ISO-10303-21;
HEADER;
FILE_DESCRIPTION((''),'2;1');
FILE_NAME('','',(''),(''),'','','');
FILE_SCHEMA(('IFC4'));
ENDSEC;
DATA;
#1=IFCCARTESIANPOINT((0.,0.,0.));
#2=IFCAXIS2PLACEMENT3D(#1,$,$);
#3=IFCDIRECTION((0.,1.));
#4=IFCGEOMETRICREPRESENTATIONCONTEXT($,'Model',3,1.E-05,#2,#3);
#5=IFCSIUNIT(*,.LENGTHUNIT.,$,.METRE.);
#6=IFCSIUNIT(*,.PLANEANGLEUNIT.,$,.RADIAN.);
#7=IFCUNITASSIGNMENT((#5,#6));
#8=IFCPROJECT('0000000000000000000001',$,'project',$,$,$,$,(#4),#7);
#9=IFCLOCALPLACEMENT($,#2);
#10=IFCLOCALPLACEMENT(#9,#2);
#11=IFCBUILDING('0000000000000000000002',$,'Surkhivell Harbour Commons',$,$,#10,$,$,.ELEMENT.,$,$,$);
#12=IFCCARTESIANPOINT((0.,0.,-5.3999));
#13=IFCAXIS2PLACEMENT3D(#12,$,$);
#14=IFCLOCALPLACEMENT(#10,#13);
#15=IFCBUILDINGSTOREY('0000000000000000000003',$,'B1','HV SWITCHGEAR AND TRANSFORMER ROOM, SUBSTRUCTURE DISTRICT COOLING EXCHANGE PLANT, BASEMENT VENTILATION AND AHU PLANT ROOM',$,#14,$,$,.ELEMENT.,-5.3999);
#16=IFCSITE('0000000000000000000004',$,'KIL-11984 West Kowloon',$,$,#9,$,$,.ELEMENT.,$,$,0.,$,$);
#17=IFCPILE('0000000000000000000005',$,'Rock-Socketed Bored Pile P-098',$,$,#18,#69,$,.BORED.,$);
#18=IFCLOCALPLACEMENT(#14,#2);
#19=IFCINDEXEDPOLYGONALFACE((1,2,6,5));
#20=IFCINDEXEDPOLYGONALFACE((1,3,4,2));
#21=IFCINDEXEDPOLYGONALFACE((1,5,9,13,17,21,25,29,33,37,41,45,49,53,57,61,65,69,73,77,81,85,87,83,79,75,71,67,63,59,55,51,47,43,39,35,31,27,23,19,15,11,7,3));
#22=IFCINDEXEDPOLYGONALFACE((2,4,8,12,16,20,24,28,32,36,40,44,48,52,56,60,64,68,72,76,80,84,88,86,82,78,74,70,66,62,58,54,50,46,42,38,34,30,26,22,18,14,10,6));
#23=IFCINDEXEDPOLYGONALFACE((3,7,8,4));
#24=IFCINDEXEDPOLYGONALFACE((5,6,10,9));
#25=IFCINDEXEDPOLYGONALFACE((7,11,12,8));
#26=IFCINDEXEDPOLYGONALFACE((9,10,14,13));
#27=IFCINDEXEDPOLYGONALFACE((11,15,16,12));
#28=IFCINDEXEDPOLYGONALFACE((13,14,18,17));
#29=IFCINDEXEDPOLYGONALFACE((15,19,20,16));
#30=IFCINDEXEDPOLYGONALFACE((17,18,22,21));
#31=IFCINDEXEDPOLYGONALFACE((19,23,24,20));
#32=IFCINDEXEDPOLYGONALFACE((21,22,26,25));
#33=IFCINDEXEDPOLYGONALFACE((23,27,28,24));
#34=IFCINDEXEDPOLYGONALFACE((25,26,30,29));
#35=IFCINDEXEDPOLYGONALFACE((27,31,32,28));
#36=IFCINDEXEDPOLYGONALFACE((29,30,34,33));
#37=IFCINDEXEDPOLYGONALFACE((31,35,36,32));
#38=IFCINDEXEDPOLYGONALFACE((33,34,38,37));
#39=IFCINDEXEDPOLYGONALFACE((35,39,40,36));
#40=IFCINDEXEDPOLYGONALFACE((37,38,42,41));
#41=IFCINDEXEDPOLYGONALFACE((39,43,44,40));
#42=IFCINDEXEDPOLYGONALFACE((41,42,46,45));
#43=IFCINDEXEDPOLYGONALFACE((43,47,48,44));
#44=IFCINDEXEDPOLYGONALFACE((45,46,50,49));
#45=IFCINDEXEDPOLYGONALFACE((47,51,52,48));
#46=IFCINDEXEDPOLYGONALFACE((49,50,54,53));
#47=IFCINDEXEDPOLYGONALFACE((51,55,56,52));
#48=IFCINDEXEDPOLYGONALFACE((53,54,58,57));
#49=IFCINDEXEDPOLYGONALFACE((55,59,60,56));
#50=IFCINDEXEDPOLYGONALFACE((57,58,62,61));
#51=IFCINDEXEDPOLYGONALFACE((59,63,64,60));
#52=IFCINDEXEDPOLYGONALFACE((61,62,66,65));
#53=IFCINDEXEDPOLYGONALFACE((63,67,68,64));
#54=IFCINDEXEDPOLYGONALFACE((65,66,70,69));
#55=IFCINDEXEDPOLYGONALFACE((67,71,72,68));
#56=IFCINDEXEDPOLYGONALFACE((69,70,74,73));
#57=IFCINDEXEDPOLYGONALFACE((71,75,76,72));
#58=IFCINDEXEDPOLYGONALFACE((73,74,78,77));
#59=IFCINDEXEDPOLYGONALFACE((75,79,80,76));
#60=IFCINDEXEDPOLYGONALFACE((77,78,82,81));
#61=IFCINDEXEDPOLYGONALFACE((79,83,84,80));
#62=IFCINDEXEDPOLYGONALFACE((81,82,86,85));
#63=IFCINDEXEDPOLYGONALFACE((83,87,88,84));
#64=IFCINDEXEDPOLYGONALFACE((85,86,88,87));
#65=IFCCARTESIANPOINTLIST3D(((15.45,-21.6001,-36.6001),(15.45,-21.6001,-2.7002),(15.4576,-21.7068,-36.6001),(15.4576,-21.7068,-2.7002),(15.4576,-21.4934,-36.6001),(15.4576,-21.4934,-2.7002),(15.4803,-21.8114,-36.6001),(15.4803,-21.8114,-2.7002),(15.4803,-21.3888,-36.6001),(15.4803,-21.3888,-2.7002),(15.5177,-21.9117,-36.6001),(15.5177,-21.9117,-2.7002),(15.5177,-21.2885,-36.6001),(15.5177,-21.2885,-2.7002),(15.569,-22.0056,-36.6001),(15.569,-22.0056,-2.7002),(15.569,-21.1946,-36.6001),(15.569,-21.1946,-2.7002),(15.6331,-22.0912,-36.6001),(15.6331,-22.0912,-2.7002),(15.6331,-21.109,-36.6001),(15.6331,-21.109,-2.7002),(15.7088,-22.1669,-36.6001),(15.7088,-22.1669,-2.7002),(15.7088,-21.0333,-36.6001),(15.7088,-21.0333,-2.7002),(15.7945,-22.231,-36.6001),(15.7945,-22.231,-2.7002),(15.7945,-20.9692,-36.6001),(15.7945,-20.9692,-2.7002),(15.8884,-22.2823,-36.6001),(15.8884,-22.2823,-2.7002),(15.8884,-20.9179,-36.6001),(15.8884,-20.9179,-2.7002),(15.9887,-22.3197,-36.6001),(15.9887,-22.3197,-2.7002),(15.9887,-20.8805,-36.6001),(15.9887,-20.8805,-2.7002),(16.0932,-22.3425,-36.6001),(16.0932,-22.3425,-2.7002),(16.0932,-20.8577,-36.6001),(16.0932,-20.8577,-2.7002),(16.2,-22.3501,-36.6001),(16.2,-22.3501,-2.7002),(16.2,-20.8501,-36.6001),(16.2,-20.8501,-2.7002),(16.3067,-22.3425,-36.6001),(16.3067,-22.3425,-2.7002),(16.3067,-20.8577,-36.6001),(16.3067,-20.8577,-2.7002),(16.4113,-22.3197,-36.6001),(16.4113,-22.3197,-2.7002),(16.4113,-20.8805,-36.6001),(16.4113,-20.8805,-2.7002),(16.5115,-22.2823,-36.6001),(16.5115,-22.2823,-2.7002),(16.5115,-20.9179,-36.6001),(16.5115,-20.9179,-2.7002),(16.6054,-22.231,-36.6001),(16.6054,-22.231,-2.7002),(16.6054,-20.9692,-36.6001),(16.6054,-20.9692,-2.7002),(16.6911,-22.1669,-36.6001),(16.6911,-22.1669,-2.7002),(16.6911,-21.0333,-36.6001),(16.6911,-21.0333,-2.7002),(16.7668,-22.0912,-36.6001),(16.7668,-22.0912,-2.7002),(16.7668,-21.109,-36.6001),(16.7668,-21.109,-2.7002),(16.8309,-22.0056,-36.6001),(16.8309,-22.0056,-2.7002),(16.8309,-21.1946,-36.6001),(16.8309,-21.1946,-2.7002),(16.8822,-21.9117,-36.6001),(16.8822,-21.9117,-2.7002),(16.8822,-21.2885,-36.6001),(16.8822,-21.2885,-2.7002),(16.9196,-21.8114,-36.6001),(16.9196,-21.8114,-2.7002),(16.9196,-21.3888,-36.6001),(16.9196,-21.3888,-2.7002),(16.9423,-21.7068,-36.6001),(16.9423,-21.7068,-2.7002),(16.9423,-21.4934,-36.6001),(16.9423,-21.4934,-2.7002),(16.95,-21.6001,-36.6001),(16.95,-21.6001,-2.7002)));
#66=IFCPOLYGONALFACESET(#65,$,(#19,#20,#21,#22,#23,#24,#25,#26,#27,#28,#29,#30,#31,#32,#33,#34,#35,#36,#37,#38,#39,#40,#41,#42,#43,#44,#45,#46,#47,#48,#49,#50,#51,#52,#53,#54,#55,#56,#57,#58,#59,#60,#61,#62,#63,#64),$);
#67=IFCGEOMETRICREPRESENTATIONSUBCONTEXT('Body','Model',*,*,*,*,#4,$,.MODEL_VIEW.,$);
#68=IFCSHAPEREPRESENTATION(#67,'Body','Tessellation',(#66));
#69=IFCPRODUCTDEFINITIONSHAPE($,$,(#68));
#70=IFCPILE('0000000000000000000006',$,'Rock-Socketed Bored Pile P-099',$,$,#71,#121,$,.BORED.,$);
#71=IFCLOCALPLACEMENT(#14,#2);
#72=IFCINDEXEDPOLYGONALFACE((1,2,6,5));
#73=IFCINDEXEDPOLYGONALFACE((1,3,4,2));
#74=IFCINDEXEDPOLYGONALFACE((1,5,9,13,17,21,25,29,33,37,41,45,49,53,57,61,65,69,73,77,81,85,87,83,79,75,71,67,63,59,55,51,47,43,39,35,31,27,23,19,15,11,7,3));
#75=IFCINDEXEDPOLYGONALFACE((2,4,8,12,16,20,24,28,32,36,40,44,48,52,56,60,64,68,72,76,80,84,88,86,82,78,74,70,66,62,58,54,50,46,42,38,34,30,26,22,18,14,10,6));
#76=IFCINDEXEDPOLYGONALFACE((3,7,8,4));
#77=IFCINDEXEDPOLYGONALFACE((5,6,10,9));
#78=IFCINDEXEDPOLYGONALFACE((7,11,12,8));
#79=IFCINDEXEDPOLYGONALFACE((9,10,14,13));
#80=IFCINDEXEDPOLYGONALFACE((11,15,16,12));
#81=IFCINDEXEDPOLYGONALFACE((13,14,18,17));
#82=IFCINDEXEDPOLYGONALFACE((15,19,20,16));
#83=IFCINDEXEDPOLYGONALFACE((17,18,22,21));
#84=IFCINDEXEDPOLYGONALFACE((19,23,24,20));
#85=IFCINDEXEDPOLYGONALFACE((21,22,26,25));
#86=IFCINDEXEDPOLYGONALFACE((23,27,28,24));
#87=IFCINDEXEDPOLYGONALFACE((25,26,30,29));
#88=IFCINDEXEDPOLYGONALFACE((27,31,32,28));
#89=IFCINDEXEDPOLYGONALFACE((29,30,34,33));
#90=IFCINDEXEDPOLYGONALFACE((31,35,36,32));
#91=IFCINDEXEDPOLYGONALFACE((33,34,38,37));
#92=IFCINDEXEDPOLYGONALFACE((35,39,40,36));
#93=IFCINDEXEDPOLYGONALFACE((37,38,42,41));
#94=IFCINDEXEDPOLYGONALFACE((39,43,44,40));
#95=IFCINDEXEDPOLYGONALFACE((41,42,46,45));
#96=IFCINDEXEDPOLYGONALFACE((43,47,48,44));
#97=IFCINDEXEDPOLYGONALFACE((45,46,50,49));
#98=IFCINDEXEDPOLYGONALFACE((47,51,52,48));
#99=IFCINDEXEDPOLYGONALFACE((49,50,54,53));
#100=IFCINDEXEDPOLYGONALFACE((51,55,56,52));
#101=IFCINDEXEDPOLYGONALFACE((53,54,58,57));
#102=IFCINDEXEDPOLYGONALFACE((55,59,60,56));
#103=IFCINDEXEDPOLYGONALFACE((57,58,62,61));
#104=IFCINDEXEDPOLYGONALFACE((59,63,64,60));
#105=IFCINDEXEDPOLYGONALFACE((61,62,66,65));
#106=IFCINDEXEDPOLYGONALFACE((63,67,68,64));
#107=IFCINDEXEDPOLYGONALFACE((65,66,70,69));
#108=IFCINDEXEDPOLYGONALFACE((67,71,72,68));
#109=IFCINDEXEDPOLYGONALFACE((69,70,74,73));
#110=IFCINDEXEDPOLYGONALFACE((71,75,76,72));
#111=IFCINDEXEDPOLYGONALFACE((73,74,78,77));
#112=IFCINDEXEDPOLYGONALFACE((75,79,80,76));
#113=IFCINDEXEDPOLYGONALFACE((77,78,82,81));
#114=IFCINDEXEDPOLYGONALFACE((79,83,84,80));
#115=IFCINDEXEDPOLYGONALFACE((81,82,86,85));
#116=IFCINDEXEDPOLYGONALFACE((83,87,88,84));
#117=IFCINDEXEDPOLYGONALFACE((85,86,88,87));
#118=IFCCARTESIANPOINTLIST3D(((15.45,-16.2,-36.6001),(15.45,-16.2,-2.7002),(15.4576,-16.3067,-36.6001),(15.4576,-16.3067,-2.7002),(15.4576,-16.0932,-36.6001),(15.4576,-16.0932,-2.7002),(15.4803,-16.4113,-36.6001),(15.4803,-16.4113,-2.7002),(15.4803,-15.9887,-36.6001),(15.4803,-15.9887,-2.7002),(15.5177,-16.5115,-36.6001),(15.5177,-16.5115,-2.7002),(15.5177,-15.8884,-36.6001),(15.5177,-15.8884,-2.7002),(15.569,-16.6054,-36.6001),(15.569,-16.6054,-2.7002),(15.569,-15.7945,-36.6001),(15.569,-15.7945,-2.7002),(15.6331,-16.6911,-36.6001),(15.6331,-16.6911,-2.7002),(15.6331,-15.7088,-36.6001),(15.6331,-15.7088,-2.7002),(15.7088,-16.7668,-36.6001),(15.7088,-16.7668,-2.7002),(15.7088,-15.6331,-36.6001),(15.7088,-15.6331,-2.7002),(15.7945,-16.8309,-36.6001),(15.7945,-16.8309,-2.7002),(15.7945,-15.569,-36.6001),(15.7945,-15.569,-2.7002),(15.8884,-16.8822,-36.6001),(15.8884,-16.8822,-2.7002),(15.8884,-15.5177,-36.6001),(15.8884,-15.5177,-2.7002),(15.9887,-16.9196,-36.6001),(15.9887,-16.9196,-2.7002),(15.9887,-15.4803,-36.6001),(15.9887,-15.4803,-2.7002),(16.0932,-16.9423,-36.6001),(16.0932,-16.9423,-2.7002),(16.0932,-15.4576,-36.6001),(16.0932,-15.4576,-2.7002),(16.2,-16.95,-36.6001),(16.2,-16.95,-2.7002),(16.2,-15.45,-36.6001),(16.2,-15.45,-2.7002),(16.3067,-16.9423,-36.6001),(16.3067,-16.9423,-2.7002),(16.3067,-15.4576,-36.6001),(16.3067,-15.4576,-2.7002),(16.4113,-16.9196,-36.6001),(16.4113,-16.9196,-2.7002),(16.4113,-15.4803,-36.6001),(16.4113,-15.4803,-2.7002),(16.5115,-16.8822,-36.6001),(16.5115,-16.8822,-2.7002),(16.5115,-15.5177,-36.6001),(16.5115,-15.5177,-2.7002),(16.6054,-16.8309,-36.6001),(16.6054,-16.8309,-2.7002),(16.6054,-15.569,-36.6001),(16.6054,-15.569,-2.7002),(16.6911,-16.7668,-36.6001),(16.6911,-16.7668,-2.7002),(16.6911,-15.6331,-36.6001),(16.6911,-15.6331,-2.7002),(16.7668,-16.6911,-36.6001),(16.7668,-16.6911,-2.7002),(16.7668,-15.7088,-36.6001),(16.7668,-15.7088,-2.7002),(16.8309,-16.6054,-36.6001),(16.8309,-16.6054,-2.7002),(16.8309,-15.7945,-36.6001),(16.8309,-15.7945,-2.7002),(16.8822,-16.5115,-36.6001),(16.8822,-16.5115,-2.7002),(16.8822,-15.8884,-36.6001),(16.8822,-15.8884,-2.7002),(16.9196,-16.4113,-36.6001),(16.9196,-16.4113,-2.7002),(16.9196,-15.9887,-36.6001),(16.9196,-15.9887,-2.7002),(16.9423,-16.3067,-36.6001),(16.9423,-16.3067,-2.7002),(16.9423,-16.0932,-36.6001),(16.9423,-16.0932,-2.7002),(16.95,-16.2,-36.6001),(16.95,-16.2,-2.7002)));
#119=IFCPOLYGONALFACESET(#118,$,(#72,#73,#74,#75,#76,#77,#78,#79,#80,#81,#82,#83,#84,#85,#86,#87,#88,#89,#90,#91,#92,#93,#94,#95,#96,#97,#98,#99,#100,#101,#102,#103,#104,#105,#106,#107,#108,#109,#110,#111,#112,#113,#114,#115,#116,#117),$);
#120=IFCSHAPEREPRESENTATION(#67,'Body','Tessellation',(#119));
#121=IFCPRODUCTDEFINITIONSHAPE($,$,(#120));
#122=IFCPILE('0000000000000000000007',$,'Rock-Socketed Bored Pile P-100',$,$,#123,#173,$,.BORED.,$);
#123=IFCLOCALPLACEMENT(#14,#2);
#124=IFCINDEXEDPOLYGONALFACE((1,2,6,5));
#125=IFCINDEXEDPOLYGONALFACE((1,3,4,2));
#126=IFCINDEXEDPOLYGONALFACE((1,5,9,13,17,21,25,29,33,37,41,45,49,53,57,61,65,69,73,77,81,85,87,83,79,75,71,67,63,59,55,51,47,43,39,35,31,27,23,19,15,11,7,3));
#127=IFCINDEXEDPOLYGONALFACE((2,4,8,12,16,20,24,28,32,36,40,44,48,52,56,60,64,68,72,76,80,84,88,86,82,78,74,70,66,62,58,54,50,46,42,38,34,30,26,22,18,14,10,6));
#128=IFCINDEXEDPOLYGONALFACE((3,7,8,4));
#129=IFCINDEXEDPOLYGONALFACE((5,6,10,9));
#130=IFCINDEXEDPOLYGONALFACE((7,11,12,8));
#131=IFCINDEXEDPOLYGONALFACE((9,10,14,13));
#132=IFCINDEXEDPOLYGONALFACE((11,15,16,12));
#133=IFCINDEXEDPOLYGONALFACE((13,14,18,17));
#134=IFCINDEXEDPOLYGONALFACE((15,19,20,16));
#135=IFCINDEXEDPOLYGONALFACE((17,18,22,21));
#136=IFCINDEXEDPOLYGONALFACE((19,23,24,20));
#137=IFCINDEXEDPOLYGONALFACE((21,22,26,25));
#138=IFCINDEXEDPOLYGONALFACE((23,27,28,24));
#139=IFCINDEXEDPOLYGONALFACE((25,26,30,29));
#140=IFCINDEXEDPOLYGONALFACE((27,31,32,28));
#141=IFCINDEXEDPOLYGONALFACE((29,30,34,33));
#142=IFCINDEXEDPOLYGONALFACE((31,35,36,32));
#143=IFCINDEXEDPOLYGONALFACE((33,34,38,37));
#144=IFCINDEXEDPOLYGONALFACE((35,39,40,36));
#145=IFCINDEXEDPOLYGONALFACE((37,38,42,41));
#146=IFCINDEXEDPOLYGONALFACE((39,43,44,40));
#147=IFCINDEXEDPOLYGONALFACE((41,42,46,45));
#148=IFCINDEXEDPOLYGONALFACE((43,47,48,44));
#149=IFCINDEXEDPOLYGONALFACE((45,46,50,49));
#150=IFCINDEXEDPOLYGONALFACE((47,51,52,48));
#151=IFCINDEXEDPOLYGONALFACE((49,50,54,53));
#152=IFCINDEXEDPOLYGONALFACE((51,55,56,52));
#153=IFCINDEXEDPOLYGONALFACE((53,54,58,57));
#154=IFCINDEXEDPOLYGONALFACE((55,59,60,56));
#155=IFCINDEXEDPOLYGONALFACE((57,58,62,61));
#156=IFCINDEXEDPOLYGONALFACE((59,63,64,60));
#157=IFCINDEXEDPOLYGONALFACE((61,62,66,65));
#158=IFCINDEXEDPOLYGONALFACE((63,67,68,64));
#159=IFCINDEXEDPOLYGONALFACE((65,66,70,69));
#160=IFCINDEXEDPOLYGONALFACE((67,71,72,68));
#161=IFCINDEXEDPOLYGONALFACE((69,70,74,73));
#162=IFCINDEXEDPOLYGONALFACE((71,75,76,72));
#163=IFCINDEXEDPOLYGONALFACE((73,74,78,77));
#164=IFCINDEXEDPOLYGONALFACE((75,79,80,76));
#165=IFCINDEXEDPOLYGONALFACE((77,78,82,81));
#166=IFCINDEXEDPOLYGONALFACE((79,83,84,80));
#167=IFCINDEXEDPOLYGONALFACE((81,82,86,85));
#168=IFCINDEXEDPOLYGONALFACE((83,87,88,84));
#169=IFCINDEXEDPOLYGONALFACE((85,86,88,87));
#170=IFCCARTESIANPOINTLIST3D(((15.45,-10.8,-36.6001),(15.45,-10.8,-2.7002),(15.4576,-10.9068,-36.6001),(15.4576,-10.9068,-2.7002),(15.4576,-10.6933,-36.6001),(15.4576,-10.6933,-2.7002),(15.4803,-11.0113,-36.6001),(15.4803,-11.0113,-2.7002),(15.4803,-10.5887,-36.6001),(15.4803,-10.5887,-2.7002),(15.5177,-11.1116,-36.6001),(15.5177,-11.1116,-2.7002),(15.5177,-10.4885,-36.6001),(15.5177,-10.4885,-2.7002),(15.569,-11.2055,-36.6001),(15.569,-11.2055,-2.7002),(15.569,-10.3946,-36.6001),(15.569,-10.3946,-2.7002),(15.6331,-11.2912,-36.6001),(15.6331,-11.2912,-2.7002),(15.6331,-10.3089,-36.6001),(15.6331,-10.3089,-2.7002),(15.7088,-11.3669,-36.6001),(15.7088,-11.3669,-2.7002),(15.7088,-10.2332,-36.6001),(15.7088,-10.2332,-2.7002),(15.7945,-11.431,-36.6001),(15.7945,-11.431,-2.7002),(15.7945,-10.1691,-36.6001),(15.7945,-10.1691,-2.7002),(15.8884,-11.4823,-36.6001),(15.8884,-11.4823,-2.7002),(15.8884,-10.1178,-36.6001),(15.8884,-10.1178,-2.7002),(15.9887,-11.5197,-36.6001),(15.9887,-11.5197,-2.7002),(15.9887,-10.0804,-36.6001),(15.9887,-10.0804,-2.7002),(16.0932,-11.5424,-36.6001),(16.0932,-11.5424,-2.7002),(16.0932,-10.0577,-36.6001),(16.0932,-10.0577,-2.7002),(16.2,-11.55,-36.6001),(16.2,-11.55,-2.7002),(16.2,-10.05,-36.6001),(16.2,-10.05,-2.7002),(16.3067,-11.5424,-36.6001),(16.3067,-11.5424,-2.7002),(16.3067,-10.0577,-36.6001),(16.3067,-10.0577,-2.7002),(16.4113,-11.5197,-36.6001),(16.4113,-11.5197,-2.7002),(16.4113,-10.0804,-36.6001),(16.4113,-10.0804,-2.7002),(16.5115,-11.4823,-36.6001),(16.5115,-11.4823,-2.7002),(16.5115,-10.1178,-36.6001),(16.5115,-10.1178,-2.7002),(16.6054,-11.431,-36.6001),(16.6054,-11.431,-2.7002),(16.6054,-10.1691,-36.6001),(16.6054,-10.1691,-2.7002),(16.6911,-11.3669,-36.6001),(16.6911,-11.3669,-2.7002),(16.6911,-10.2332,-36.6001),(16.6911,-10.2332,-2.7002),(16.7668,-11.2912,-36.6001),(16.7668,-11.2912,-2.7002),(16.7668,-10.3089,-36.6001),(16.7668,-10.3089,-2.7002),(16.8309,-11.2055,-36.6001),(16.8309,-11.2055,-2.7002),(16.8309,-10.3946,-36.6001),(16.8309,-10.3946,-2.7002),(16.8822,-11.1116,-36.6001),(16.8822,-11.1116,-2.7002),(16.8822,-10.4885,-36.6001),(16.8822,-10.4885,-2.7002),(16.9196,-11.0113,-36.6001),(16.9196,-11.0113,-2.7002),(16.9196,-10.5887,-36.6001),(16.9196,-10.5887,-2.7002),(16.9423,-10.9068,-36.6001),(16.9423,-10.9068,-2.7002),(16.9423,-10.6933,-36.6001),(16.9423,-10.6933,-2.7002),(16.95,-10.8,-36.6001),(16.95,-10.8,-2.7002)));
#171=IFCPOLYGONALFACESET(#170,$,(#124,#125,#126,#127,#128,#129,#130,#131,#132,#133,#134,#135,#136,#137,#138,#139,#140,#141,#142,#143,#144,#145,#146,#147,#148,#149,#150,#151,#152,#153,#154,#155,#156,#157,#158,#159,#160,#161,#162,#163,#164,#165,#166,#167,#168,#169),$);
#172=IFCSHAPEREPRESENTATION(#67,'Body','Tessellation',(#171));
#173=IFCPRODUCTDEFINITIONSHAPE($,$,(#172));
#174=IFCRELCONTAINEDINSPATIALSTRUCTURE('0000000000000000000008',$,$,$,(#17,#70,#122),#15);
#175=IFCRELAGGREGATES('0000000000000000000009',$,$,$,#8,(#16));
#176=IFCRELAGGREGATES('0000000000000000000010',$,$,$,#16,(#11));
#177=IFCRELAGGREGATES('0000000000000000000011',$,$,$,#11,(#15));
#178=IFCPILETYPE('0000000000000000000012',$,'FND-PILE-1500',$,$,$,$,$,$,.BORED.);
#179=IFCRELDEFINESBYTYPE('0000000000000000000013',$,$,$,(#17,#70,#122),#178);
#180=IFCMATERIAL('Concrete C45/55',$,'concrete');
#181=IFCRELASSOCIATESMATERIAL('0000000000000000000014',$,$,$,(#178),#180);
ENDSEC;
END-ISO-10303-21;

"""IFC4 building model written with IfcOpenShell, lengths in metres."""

from ifc_helpers import new_model, si_unit, direction, frame, origin, origin_2d, place, context, subcontext, project, spatial, circle, extrude, material, material_profile, profile_set, type_object, element, save


model = new_model("IFC4")

# Units and contexts
model_context = context("Model", 3, precision=1e-05, world=origin(), true_north=direction((0.0, 1.0)))
body_context = subcontext(model_context, "Body", "Model", "MODEL_VIEW")
ifc_project = project(units=[si_unit("LENGTHUNIT", "METRE"), si_unit("PLANEANGLEUNIT", "RADIAN")], contexts=[model_context])

# Site, building, storey
site_placement = place(None, origin())
site = spatial("IfcSite", under=ifc_project, at=site_placement, Name="KIL-11984 West Kowloon", CompositionType="ELEMENT", RefElevation=0.0)
building_placement = place(site_placement, origin())
building = spatial("IfcBuilding", under=site, at=building_placement, Name="Surkhivell Harbour Commons", CompositionType="ELEMENT")
storey_placement = place(building_placement, frame((0.0, 0.0, -5.3999)))
storey = spatial("IfcBuildingStorey", under=building, at=storey_placement, Name="B1", Description="HV SWITCHGEAR AND TRANSFORMER ROOM, SUBSTRUCTURE DISTRICT COOLING EXCHANGE PLANT, BASEMENT VENTILATION AND AHU PLANT ROOM", CompositionType="ELEMENT", Elevation=-5.3999)

# Piles
ifc_material_1 = material(Name="Concrete C45/55", Category="concrete")
ifc_material_profile_1 = material_profile(ifc_material_1, circle(Radius=0.75, at=origin_2d()), Name="PILE-1500")
ifc_profile_set_1 = profile_set([ifc_material_profile_1], Name="Concrete C45/55")
pile_type_1 = type_object("IfcPileType", Name="FND-PILE-1500", PredefinedType="BORED", material=ifc_profile_set_1)
for number, where, z_axis, x_axis, name in (
    (1, (16.2, -21.6001, -2.7002), (0.0, 0.0, -1.0), (1.0, 0.0, 0.0), "Rock-Socketed Bored Pile P-098"),
    (2, (16.2, -16.2, -2.7002), (0.0, 0.0, -1.0), (1.0, 0.0, 0.0), "Rock-Socketed Bored Pile P-099"),
    (3, (16.2, -10.8, -2.7002), (0.0, 0.0, -1.0), (1.0, 0.0, 0.0), "Rock-Socketed Bored Pile P-100"),
):
    element("IfcPile", number, at=place(storey_placement, frame(where, z_axis=z_axis, x_axis=x_axis)), inside=storey, type_object=pile_type_1, Name=name, PredefinedType="BORED", context=body_context, shape_type="SweptSolid", body=[
        extrude(circle(Radius=0.75, at=origin_2d()), origin(), (0.0, 0.0, 1.0), 33.8999),
    ])

save(model, "model.ifc")
